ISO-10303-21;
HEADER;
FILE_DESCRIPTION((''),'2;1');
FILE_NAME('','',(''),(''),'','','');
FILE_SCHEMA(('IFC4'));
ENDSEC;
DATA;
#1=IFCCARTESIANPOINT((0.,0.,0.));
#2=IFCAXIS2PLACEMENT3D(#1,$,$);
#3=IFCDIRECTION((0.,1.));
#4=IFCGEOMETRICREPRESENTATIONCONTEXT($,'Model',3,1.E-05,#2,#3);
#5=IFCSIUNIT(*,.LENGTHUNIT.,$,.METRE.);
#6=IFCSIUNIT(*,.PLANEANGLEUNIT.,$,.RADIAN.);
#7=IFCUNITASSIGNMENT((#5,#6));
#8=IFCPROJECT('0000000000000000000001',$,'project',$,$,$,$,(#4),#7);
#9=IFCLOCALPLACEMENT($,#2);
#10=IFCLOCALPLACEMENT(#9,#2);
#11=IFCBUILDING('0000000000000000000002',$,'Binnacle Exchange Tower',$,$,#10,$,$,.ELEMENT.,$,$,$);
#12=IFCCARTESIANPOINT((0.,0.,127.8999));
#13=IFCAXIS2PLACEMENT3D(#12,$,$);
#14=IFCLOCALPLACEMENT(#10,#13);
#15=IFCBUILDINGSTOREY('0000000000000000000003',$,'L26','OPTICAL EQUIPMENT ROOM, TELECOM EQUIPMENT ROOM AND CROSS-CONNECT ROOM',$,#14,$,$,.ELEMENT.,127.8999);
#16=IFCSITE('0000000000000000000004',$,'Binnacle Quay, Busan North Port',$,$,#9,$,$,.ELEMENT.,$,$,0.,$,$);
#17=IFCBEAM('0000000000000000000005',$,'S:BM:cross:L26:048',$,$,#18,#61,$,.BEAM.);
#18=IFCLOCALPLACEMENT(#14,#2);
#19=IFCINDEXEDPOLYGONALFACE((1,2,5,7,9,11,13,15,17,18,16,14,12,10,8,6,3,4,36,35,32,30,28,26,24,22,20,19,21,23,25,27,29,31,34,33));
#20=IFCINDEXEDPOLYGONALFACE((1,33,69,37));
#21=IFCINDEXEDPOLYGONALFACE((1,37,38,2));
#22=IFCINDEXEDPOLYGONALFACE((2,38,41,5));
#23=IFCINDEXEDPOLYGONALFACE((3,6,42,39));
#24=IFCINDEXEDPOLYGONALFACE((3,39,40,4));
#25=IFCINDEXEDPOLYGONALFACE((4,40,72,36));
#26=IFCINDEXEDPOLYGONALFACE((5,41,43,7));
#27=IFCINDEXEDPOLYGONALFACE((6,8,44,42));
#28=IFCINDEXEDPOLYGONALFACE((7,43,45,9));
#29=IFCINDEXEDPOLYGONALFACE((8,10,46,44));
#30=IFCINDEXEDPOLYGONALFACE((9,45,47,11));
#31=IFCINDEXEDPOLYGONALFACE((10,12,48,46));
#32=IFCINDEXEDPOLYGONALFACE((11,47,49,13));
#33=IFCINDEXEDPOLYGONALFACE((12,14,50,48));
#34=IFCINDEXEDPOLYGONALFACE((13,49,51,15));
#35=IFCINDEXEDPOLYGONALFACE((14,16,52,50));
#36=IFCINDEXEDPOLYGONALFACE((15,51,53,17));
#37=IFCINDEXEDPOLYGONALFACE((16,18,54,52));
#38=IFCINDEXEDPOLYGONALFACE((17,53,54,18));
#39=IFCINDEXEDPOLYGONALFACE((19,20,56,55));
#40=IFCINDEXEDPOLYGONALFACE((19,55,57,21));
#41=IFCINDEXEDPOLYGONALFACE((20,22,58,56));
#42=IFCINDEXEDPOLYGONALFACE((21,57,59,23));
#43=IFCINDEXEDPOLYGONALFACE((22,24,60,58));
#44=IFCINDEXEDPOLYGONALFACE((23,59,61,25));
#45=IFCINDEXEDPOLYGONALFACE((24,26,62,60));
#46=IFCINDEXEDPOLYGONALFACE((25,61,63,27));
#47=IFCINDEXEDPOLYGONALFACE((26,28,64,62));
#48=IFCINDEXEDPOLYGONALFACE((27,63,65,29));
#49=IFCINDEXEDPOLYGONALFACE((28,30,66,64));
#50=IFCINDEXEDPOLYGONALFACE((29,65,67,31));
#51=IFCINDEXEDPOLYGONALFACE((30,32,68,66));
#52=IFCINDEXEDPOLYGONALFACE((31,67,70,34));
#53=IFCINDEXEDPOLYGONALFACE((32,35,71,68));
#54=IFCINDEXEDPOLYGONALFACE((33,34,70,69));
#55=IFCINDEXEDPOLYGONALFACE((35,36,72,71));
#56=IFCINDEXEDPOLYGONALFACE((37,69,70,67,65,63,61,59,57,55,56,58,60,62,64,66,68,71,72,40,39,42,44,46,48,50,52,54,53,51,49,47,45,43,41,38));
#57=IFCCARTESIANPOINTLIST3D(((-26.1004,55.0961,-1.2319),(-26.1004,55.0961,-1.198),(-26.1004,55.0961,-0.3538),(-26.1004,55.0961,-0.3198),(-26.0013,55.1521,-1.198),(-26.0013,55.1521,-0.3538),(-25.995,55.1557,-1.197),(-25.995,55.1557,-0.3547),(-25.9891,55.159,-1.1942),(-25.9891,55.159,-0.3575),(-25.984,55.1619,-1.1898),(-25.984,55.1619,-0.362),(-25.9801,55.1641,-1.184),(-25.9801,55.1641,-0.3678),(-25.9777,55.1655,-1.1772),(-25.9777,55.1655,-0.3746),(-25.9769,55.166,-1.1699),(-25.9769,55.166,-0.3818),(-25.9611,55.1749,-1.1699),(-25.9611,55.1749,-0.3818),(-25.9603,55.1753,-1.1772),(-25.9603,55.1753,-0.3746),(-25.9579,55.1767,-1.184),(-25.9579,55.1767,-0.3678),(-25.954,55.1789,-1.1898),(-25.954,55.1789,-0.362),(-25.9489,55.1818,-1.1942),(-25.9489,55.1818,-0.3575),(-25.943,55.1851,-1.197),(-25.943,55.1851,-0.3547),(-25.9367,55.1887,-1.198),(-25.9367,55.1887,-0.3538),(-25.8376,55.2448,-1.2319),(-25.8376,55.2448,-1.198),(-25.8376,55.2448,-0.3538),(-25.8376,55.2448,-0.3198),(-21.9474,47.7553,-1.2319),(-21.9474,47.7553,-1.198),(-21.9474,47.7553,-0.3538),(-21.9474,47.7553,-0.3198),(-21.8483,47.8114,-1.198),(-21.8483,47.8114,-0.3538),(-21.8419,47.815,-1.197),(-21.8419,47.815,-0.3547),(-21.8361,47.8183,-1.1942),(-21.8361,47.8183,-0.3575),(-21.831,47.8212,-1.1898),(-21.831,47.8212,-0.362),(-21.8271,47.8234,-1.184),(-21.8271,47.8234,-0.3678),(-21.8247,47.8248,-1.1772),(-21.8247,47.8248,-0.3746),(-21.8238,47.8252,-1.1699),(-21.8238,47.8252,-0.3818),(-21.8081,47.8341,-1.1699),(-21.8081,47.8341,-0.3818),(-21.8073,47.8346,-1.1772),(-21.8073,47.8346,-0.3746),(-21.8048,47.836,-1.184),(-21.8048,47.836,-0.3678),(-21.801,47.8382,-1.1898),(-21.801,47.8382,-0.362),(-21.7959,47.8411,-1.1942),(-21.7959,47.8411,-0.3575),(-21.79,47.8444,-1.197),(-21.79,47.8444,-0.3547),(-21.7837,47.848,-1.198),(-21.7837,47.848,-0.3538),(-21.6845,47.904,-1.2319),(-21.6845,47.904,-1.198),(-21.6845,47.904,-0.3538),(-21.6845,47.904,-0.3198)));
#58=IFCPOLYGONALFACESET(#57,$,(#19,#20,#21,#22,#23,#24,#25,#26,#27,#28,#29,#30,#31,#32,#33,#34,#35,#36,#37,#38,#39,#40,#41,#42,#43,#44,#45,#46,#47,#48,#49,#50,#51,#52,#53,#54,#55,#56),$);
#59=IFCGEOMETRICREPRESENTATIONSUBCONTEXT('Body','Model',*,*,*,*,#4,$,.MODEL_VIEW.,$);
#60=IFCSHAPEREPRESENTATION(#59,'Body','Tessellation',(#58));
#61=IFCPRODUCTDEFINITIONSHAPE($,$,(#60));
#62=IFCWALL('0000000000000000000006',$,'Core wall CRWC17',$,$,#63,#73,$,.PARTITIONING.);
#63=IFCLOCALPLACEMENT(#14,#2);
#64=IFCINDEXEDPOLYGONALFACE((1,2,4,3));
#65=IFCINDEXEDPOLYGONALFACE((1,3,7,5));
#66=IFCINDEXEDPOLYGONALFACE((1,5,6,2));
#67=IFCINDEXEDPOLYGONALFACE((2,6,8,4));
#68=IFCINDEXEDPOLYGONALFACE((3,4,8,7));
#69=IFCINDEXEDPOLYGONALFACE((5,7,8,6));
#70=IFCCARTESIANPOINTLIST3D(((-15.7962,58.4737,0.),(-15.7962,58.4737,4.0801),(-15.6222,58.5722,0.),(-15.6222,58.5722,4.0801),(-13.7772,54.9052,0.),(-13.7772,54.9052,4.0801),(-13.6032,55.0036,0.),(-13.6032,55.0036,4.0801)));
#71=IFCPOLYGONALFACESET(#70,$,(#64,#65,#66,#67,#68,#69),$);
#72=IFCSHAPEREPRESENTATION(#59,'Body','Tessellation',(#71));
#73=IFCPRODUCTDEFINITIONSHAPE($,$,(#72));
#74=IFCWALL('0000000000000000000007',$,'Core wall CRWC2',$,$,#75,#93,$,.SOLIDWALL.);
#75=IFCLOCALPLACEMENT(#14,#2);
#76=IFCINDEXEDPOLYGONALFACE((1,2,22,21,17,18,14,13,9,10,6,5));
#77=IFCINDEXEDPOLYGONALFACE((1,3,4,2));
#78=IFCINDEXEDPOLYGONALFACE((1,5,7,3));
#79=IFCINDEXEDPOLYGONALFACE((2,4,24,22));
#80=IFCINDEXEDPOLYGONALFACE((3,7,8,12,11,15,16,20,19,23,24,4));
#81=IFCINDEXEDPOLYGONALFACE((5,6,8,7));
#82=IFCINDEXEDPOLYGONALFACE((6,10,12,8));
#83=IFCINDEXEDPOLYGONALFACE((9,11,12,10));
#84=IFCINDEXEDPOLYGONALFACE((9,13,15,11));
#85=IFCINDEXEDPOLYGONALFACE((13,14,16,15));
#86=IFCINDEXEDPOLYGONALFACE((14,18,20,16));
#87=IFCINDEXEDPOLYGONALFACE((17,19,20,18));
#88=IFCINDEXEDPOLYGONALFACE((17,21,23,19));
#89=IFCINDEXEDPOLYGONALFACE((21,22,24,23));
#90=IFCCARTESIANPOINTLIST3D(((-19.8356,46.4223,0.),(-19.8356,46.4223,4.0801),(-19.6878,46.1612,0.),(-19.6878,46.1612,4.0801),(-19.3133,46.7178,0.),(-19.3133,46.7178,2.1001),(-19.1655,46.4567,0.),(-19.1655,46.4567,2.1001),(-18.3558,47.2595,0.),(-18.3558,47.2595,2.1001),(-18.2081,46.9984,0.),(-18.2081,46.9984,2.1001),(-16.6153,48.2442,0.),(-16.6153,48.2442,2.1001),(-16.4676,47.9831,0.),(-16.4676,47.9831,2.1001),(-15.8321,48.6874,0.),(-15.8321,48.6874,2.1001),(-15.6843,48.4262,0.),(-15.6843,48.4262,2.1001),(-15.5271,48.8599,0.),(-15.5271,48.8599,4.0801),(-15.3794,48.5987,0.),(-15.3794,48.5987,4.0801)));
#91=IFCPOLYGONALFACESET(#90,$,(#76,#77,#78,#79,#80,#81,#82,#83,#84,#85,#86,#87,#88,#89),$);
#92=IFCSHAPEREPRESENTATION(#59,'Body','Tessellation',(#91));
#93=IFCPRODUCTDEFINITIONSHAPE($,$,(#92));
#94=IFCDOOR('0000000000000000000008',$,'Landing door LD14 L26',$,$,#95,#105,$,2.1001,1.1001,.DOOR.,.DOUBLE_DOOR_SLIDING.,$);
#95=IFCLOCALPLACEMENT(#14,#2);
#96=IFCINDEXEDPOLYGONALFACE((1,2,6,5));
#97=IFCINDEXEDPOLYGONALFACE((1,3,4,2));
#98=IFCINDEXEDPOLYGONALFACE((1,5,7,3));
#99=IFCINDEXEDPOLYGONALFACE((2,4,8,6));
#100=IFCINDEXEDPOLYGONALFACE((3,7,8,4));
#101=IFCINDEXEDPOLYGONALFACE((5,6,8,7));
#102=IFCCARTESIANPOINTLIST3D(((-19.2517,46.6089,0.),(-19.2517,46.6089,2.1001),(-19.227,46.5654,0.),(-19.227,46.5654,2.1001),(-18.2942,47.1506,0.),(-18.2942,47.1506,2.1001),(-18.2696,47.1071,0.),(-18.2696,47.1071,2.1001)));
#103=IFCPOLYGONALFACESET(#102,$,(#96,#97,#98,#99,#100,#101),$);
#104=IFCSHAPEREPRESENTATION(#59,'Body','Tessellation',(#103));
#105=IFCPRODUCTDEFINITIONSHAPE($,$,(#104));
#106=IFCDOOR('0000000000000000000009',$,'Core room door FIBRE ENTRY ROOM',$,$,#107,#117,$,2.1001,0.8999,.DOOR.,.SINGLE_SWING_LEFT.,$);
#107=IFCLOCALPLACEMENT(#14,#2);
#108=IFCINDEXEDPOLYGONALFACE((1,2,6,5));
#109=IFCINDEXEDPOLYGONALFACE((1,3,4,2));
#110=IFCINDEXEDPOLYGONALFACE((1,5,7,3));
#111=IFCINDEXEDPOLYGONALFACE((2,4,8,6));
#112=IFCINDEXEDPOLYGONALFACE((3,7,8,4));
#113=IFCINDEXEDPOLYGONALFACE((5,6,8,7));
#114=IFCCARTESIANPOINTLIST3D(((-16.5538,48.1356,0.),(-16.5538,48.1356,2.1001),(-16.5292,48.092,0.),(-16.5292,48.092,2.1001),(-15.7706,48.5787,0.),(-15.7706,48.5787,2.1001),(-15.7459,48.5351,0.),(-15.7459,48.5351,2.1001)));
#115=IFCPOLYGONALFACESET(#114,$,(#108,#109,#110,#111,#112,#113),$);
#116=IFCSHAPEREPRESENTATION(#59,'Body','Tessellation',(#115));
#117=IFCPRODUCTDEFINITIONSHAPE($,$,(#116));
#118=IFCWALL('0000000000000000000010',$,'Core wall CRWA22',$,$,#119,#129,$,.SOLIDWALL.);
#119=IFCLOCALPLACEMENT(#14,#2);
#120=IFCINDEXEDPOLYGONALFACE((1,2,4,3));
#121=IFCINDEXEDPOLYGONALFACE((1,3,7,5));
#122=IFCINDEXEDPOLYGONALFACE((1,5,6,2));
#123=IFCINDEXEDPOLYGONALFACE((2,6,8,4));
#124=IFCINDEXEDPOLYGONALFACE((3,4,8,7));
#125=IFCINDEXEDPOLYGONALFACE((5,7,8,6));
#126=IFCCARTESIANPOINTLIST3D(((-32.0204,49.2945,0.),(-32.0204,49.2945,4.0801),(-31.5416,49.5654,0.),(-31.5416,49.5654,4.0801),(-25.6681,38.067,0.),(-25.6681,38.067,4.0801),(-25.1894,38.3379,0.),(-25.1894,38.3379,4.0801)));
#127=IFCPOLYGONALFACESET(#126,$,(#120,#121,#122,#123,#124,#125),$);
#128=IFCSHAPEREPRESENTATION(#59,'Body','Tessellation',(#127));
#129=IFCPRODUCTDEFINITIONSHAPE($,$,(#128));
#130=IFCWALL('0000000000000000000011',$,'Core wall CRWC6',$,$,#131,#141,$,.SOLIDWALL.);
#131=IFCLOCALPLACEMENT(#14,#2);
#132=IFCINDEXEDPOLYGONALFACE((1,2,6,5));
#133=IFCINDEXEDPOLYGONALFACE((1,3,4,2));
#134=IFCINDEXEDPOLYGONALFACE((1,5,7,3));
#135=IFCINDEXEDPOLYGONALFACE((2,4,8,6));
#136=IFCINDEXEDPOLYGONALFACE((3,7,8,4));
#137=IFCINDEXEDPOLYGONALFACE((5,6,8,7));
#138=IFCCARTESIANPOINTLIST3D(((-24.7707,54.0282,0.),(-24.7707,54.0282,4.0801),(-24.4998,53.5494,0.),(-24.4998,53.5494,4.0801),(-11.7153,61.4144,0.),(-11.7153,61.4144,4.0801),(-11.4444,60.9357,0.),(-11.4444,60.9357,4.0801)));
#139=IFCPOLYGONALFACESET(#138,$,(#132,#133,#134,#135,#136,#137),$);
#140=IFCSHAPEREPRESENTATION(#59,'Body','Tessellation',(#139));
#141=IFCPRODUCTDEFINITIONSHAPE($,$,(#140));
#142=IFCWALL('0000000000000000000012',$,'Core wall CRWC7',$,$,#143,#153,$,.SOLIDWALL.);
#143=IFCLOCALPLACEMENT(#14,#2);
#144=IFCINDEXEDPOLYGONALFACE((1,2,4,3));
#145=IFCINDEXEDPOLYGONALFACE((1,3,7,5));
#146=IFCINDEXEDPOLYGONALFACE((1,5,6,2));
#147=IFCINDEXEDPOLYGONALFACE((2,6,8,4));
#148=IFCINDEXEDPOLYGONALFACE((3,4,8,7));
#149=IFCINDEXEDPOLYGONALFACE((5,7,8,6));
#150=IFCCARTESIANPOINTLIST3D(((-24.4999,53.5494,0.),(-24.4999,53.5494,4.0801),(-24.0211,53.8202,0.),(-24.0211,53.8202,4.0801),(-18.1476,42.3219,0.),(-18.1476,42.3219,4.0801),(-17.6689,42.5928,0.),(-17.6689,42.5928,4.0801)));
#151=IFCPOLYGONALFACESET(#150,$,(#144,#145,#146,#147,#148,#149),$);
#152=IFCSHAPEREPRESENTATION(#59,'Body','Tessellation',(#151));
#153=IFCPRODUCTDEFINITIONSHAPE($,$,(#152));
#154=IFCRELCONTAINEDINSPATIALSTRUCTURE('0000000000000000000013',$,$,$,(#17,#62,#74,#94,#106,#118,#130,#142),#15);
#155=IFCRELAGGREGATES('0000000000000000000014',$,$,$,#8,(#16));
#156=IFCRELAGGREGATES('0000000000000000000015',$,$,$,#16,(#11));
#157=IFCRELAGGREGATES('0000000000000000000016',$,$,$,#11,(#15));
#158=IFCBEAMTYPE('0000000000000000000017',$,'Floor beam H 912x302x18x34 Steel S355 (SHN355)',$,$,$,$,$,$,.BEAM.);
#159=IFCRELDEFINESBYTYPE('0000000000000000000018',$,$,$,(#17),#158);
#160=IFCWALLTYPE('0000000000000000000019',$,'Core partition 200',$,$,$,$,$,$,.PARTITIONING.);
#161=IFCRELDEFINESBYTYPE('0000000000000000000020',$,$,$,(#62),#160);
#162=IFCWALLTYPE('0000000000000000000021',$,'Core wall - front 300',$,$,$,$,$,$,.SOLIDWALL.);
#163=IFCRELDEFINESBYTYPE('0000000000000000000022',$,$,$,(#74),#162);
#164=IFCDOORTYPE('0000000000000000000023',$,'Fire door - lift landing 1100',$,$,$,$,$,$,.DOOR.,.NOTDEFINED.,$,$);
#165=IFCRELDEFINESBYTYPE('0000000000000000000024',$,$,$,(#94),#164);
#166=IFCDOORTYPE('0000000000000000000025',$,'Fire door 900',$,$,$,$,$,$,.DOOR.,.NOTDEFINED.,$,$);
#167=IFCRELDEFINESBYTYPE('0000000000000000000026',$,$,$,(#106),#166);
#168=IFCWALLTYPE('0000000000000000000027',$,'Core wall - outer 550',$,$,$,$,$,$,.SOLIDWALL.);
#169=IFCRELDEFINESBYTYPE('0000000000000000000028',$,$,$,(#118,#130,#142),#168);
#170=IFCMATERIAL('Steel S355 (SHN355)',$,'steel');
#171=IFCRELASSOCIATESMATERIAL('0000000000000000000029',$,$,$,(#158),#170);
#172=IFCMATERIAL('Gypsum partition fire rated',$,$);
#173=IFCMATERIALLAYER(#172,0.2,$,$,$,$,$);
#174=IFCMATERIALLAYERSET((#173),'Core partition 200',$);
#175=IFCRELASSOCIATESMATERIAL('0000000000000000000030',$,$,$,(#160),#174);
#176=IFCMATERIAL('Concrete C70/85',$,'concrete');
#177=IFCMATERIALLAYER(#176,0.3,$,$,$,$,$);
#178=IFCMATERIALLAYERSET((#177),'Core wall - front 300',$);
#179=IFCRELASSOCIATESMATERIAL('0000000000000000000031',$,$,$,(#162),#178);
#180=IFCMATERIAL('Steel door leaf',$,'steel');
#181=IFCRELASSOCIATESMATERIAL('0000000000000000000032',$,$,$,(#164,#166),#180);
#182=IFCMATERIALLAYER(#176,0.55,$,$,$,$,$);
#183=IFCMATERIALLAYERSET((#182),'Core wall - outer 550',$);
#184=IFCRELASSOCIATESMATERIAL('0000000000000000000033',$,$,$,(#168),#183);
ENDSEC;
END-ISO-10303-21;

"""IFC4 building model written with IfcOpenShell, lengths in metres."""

from ifc_helpers import new_model, si_unit, direction, frame, frame_2d, origin, origin_2d, place, context, subcontext, project, spatial, rectangle, i_section, extrude, material, layer, layer_set, material_profile, profile_set, type_object, element, fill, save


model = new_model("IFC4")

# Units and contexts
model_context = context("Model", 3, precision=1e-05, world=origin(), true_north=direction((0.0, 1.0)))
body_context = subcontext(model_context, "Body", "Model", "MODEL_VIEW")
ifc_project = project(units=[si_unit("LENGTHUNIT", "METRE"), si_unit("PLANEANGLEUNIT", "RADIAN")], contexts=[model_context])

# Site, building, storey
site_placement = place(None, origin())
site = spatial("IfcSite", under=ifc_project, at=site_placement, Name="Binnacle Quay, Busan North Port", CompositionType="ELEMENT", RefElevation=0.0)
building_placement = place(site_placement, origin())
building = spatial("IfcBuilding", under=site, at=building_placement, Name="Binnacle Exchange Tower", CompositionType="ELEMENT")
storey_placement = place(building_placement, frame((0.0, 0.0, 127.8999)))
storey = spatial("IfcBuildingStorey", under=building, at=storey_placement, Name="L26", Description="OPTICAL EQUIPMENT ROOM, TELECOM EQUIPMENT ROOM AND CROSS-CONNECT ROOM", CompositionType="ELEMENT", Elevation=127.8999)

# Shared definitions
ifc_material_1 = material(Name="Concrete C70/85", Category="concrete")

# Beam
ifc_material_2 = material(Name="Steel S355 (SHN355)", Category="steel")
ifc_material_profile_1 = material_profile(ifc_material_2, i_section(OverallWidth=0.302, OverallDepth=0.9121, WebThickness=0.0181, FlangeThickness=0.0339, FilletRadius=0.0281, at=origin_2d()), Name="H 912x302x18x34")
ifc_profile_set_1 = profile_set([ifc_material_profile_1], Name="Steel S355 (SHN355)")
beam_type_1 = type_object("IfcBeamType", Name="Floor beam H 912x302x18x34 Steel S355 (SHN355)", PredefinedType="BEAM", material=ifc_profile_set_1)
beam_1_placement = place(storey_placement, frame((-25.969, 55.1704, -0.7759), z_axis=(0.492409, -0.870364, 0.0), x_axis=(0.870364, 0.492409, 0.0)))
element("IfcBeam", 1, at=beam_1_placement, inside=storey, type_object=beam_type_1, Name="S:BM:cross:L26:048", PredefinedType="BEAM", context=body_context, shape_type="SweptSolid", body=[
    extrude(i_section(OverallWidth=0.302, OverallDepth=0.9121, WebThickness=0.0181, FlangeThickness=0.0339, FilletRadius=0.0281, at=origin_2d()), origin(), (0.0, 0.0, 1.0), 8.4341),
])

# Wall
ifc_material_3 = material(Name="Gypsum partition fire rated")
ifc_layer_1 = layer(ifc_material_3, 0.2)
ifc_layer_set_1 = layer_set([ifc_layer_1], Name="Core partition 200")
wall_type_1 = type_object("IfcWallType", Name="Core partition 200", PredefinedType="PARTITIONING", material=ifc_layer_set_1)
wall_1_placement = place(storey_placement, frame((-15.7092, 58.5229, 0.0), z_axis=(0.0, 0.0, 1.0), x_axis=(0.492428, -0.870353, 0.0)))
element("IfcWall", 2, at=wall_1_placement, inside=storey, type_object=wall_type_1, Name="Core wall CRWC17", PredefinedType="PARTITIONING", context=body_context, shape_type="SweptSolid", body=[
    extrude(rectangle(XDim=4.1001, YDim=0.2, at=frame_2d((2.05, 0.0))), origin(), (0.0, 0.0, 1.0), 4.0801),
])

# Wall, openings, doors
ifc_layer_2 = layer(ifc_material_1, 0.3)
ifc_layer_set_2 = layer_set([ifc_layer_2], Name="Core wall - front 300")
wall_type_2 = type_object("IfcWallType", Name="Core wall - front 300", PredefinedType="SOLIDWALL", material=ifc_layer_set_2)
wall_2_placement = place(storey_placement, frame((-19.7617, 46.2917, 0.0), z_axis=(0.0, 0.0, 1.0), x_axis=(0.87036, 0.492416, 0.0)))
wall_2 = element("IfcWall", 3, at=wall_2_placement, inside=storey, type_object=wall_type_2, Name="Core wall CRWC2", PredefinedType="SOLIDWALL", context=body_context, shape_type="SweptSolid", body=[
    extrude(rectangle(XDim=4.9502, YDim=0.3, at=frame_2d((2.4751, 0.0))), origin(), (0.0, 0.0, 1.0), 4.0801),
])
opening_1_placement = place(wall_2_placement, frame((0.6001, 0.0, 0.0)))
opening_1 = element("IfcOpeningElement", 4, at=opening_1_placement, cuts=wall_2, PredefinedType="OPENING", context=body_context, shape_type="SweptSolid", body=[
    extrude(rectangle(XDim=1.1001, YDim=2.1001, at=frame_2d((0.55, 1.05))), frame((0.0, 0.1599, 0.0), z_axis=(0.0, -1.0, 0.0), x_axis=(1.0, 0.0, 0.0)), (0.0, 0.0, 1.0), 0.3201),
])
opening_2_placement = place(wall_2_placement, frame((3.7, 0.0, 0.0)))
opening_2 = element("IfcOpeningElement", 5, at=opening_2_placement, cuts=wall_2, PredefinedType="OPENING", context=body_context, shape_type="SweptSolid", body=[
    extrude(rectangle(XDim=0.8999, YDim=2.1001, at=frame_2d((0.45, 1.05))), frame((0.0, 0.1599, 0.0), z_axis=(0.0, -1.0, 0.0), x_axis=(1.0, 0.0, 0.0)), (0.0, 0.0, 1.0), 0.3201),
])
ifc_material_4 = material(Name="Steel door leaf", Category="steel")
door_type_1 = type_object("IfcDoorType", Name="Fire door - lift landing 1100", OperationType="NOTDEFINED", PredefinedType="DOOR", material=ifc_material_4)
door_1_placement = place(opening_1_placement, origin())
door_1 = element("IfcDoor", 6, at=door_1_placement, inside=storey, type_object=door_type_1, Name="Landing door LD14 L26", OperationType="DOUBLE_DOOR_SLIDING", OverallHeight=2.1001, OverallWidth=1.1001, PredefinedType="DOOR", context=body_context, shape_type="SweptSolid", body=[
    extrude(rectangle(XDim=1.1001, YDim=2.1001, at=frame_2d((0.55, 1.05))), frame((0.0, 0.0249, 0.0), z_axis=(0.0, -1.0, 0.0), x_axis=(1.0, 0.0, 0.0)), (0.0, 0.0, 1.0), 0.05),
])
fill(opening_1, door_1)
door_type_2 = type_object("IfcDoorType", Name="Fire door 900", OperationType="NOTDEFINED", PredefinedType="DOOR", material=ifc_material_4)
door_2_placement = place(opening_2_placement, frame((0.8999, 0.0, 0.0), z_axis=(0.0, 0.0, 1.0), x_axis=(-1.0, 0.0, 0.0)))
door_2 = element("IfcDoor", 7, at=door_2_placement, inside=storey, type_object=door_type_2, Name="Core room door FIBRE ENTRY ROOM", OperationType="SINGLE_SWING_LEFT", OverallHeight=2.1001, OverallWidth=0.8999, PredefinedType="DOOR", context=body_context, shape_type="SweptSolid", body=[
    extrude(rectangle(XDim=0.8999, YDim=2.1001, at=frame_2d((0.45, 1.05))), frame((0.0, 0.0249, 0.0), z_axis=(0.0, -1.0, 0.0), x_axis=(1.0, 0.0, 0.0)), (0.0, 0.0, 1.0), 0.05),
])
fill(opening_2, door_2)

# Walls
ifc_layer_3 = layer(ifc_material_1, 0.55)
ifc_layer_set_3 = layer_set([ifc_layer_3], Name="Core wall - outer 550")
wall_type_3 = type_object("IfcWallType", Name="Core wall - outer 550", PredefinedType="SOLIDWALL", material=ifc_layer_set_3)
wall_3_placement = place(storey_placement, frame((-31.781, 49.4299, 0.0), z_axis=(0.0, 0.0, 1.0), x_axis=(0.492427, -0.870354, 0.0)))
element("IfcWall", 8, at=wall_3_placement, inside=storey, type_object=wall_type_3, Name="Core wall CRWA22", PredefinedType="SOLIDWALL", context=body_context, shape_type="SweptSolid", body=[
    extrude(rectangle(XDim=12.8999, YDim=0.55, at=frame_2d((6.45, 0.0))), origin(), (0.0, 0.0, 1.0), 4.0801),
])
wall_4_placement = place(storey_placement, frame((-24.6353, 53.7888, 0.0), z_axis=(0.0, 0.0, 1.0), x_axis=(0.870361, 0.492415, 0.0)))
element("IfcWall", 9, at=wall_4_placement, inside=storey, type_object=wall_type_3, Name="Core wall CRWC6", PredefinedType="SOLIDWALL", context=body_context, shape_type="SweptSolid", body=[
    extrude(rectangle(XDim=15.0, YDim=0.55, at=frame_2d((7.5, 0.0))), origin(), (0.0, 0.0, 1.0), 4.0801),
])
wall_5_placement = place(storey_placement, frame((-24.2605, 53.6848, 0.0), z_axis=(0.0, 0.0, 1.0), x_axis=(0.492427, -0.870354, 0.0)))
element("IfcWall", 10, at=wall_5_placement, inside=storey, type_object=wall_type_3, Name="Core wall CRWC7", PredefinedType="SOLIDWALL", context=body_context, shape_type="SweptSolid", body=[
    extrude(rectangle(XDim=12.8999, YDim=0.55, at=frame_2d((6.45, 0.0))), origin(), (0.0, 0.0, 1.0), 4.0801),
])

save(model, "model.ifc")
